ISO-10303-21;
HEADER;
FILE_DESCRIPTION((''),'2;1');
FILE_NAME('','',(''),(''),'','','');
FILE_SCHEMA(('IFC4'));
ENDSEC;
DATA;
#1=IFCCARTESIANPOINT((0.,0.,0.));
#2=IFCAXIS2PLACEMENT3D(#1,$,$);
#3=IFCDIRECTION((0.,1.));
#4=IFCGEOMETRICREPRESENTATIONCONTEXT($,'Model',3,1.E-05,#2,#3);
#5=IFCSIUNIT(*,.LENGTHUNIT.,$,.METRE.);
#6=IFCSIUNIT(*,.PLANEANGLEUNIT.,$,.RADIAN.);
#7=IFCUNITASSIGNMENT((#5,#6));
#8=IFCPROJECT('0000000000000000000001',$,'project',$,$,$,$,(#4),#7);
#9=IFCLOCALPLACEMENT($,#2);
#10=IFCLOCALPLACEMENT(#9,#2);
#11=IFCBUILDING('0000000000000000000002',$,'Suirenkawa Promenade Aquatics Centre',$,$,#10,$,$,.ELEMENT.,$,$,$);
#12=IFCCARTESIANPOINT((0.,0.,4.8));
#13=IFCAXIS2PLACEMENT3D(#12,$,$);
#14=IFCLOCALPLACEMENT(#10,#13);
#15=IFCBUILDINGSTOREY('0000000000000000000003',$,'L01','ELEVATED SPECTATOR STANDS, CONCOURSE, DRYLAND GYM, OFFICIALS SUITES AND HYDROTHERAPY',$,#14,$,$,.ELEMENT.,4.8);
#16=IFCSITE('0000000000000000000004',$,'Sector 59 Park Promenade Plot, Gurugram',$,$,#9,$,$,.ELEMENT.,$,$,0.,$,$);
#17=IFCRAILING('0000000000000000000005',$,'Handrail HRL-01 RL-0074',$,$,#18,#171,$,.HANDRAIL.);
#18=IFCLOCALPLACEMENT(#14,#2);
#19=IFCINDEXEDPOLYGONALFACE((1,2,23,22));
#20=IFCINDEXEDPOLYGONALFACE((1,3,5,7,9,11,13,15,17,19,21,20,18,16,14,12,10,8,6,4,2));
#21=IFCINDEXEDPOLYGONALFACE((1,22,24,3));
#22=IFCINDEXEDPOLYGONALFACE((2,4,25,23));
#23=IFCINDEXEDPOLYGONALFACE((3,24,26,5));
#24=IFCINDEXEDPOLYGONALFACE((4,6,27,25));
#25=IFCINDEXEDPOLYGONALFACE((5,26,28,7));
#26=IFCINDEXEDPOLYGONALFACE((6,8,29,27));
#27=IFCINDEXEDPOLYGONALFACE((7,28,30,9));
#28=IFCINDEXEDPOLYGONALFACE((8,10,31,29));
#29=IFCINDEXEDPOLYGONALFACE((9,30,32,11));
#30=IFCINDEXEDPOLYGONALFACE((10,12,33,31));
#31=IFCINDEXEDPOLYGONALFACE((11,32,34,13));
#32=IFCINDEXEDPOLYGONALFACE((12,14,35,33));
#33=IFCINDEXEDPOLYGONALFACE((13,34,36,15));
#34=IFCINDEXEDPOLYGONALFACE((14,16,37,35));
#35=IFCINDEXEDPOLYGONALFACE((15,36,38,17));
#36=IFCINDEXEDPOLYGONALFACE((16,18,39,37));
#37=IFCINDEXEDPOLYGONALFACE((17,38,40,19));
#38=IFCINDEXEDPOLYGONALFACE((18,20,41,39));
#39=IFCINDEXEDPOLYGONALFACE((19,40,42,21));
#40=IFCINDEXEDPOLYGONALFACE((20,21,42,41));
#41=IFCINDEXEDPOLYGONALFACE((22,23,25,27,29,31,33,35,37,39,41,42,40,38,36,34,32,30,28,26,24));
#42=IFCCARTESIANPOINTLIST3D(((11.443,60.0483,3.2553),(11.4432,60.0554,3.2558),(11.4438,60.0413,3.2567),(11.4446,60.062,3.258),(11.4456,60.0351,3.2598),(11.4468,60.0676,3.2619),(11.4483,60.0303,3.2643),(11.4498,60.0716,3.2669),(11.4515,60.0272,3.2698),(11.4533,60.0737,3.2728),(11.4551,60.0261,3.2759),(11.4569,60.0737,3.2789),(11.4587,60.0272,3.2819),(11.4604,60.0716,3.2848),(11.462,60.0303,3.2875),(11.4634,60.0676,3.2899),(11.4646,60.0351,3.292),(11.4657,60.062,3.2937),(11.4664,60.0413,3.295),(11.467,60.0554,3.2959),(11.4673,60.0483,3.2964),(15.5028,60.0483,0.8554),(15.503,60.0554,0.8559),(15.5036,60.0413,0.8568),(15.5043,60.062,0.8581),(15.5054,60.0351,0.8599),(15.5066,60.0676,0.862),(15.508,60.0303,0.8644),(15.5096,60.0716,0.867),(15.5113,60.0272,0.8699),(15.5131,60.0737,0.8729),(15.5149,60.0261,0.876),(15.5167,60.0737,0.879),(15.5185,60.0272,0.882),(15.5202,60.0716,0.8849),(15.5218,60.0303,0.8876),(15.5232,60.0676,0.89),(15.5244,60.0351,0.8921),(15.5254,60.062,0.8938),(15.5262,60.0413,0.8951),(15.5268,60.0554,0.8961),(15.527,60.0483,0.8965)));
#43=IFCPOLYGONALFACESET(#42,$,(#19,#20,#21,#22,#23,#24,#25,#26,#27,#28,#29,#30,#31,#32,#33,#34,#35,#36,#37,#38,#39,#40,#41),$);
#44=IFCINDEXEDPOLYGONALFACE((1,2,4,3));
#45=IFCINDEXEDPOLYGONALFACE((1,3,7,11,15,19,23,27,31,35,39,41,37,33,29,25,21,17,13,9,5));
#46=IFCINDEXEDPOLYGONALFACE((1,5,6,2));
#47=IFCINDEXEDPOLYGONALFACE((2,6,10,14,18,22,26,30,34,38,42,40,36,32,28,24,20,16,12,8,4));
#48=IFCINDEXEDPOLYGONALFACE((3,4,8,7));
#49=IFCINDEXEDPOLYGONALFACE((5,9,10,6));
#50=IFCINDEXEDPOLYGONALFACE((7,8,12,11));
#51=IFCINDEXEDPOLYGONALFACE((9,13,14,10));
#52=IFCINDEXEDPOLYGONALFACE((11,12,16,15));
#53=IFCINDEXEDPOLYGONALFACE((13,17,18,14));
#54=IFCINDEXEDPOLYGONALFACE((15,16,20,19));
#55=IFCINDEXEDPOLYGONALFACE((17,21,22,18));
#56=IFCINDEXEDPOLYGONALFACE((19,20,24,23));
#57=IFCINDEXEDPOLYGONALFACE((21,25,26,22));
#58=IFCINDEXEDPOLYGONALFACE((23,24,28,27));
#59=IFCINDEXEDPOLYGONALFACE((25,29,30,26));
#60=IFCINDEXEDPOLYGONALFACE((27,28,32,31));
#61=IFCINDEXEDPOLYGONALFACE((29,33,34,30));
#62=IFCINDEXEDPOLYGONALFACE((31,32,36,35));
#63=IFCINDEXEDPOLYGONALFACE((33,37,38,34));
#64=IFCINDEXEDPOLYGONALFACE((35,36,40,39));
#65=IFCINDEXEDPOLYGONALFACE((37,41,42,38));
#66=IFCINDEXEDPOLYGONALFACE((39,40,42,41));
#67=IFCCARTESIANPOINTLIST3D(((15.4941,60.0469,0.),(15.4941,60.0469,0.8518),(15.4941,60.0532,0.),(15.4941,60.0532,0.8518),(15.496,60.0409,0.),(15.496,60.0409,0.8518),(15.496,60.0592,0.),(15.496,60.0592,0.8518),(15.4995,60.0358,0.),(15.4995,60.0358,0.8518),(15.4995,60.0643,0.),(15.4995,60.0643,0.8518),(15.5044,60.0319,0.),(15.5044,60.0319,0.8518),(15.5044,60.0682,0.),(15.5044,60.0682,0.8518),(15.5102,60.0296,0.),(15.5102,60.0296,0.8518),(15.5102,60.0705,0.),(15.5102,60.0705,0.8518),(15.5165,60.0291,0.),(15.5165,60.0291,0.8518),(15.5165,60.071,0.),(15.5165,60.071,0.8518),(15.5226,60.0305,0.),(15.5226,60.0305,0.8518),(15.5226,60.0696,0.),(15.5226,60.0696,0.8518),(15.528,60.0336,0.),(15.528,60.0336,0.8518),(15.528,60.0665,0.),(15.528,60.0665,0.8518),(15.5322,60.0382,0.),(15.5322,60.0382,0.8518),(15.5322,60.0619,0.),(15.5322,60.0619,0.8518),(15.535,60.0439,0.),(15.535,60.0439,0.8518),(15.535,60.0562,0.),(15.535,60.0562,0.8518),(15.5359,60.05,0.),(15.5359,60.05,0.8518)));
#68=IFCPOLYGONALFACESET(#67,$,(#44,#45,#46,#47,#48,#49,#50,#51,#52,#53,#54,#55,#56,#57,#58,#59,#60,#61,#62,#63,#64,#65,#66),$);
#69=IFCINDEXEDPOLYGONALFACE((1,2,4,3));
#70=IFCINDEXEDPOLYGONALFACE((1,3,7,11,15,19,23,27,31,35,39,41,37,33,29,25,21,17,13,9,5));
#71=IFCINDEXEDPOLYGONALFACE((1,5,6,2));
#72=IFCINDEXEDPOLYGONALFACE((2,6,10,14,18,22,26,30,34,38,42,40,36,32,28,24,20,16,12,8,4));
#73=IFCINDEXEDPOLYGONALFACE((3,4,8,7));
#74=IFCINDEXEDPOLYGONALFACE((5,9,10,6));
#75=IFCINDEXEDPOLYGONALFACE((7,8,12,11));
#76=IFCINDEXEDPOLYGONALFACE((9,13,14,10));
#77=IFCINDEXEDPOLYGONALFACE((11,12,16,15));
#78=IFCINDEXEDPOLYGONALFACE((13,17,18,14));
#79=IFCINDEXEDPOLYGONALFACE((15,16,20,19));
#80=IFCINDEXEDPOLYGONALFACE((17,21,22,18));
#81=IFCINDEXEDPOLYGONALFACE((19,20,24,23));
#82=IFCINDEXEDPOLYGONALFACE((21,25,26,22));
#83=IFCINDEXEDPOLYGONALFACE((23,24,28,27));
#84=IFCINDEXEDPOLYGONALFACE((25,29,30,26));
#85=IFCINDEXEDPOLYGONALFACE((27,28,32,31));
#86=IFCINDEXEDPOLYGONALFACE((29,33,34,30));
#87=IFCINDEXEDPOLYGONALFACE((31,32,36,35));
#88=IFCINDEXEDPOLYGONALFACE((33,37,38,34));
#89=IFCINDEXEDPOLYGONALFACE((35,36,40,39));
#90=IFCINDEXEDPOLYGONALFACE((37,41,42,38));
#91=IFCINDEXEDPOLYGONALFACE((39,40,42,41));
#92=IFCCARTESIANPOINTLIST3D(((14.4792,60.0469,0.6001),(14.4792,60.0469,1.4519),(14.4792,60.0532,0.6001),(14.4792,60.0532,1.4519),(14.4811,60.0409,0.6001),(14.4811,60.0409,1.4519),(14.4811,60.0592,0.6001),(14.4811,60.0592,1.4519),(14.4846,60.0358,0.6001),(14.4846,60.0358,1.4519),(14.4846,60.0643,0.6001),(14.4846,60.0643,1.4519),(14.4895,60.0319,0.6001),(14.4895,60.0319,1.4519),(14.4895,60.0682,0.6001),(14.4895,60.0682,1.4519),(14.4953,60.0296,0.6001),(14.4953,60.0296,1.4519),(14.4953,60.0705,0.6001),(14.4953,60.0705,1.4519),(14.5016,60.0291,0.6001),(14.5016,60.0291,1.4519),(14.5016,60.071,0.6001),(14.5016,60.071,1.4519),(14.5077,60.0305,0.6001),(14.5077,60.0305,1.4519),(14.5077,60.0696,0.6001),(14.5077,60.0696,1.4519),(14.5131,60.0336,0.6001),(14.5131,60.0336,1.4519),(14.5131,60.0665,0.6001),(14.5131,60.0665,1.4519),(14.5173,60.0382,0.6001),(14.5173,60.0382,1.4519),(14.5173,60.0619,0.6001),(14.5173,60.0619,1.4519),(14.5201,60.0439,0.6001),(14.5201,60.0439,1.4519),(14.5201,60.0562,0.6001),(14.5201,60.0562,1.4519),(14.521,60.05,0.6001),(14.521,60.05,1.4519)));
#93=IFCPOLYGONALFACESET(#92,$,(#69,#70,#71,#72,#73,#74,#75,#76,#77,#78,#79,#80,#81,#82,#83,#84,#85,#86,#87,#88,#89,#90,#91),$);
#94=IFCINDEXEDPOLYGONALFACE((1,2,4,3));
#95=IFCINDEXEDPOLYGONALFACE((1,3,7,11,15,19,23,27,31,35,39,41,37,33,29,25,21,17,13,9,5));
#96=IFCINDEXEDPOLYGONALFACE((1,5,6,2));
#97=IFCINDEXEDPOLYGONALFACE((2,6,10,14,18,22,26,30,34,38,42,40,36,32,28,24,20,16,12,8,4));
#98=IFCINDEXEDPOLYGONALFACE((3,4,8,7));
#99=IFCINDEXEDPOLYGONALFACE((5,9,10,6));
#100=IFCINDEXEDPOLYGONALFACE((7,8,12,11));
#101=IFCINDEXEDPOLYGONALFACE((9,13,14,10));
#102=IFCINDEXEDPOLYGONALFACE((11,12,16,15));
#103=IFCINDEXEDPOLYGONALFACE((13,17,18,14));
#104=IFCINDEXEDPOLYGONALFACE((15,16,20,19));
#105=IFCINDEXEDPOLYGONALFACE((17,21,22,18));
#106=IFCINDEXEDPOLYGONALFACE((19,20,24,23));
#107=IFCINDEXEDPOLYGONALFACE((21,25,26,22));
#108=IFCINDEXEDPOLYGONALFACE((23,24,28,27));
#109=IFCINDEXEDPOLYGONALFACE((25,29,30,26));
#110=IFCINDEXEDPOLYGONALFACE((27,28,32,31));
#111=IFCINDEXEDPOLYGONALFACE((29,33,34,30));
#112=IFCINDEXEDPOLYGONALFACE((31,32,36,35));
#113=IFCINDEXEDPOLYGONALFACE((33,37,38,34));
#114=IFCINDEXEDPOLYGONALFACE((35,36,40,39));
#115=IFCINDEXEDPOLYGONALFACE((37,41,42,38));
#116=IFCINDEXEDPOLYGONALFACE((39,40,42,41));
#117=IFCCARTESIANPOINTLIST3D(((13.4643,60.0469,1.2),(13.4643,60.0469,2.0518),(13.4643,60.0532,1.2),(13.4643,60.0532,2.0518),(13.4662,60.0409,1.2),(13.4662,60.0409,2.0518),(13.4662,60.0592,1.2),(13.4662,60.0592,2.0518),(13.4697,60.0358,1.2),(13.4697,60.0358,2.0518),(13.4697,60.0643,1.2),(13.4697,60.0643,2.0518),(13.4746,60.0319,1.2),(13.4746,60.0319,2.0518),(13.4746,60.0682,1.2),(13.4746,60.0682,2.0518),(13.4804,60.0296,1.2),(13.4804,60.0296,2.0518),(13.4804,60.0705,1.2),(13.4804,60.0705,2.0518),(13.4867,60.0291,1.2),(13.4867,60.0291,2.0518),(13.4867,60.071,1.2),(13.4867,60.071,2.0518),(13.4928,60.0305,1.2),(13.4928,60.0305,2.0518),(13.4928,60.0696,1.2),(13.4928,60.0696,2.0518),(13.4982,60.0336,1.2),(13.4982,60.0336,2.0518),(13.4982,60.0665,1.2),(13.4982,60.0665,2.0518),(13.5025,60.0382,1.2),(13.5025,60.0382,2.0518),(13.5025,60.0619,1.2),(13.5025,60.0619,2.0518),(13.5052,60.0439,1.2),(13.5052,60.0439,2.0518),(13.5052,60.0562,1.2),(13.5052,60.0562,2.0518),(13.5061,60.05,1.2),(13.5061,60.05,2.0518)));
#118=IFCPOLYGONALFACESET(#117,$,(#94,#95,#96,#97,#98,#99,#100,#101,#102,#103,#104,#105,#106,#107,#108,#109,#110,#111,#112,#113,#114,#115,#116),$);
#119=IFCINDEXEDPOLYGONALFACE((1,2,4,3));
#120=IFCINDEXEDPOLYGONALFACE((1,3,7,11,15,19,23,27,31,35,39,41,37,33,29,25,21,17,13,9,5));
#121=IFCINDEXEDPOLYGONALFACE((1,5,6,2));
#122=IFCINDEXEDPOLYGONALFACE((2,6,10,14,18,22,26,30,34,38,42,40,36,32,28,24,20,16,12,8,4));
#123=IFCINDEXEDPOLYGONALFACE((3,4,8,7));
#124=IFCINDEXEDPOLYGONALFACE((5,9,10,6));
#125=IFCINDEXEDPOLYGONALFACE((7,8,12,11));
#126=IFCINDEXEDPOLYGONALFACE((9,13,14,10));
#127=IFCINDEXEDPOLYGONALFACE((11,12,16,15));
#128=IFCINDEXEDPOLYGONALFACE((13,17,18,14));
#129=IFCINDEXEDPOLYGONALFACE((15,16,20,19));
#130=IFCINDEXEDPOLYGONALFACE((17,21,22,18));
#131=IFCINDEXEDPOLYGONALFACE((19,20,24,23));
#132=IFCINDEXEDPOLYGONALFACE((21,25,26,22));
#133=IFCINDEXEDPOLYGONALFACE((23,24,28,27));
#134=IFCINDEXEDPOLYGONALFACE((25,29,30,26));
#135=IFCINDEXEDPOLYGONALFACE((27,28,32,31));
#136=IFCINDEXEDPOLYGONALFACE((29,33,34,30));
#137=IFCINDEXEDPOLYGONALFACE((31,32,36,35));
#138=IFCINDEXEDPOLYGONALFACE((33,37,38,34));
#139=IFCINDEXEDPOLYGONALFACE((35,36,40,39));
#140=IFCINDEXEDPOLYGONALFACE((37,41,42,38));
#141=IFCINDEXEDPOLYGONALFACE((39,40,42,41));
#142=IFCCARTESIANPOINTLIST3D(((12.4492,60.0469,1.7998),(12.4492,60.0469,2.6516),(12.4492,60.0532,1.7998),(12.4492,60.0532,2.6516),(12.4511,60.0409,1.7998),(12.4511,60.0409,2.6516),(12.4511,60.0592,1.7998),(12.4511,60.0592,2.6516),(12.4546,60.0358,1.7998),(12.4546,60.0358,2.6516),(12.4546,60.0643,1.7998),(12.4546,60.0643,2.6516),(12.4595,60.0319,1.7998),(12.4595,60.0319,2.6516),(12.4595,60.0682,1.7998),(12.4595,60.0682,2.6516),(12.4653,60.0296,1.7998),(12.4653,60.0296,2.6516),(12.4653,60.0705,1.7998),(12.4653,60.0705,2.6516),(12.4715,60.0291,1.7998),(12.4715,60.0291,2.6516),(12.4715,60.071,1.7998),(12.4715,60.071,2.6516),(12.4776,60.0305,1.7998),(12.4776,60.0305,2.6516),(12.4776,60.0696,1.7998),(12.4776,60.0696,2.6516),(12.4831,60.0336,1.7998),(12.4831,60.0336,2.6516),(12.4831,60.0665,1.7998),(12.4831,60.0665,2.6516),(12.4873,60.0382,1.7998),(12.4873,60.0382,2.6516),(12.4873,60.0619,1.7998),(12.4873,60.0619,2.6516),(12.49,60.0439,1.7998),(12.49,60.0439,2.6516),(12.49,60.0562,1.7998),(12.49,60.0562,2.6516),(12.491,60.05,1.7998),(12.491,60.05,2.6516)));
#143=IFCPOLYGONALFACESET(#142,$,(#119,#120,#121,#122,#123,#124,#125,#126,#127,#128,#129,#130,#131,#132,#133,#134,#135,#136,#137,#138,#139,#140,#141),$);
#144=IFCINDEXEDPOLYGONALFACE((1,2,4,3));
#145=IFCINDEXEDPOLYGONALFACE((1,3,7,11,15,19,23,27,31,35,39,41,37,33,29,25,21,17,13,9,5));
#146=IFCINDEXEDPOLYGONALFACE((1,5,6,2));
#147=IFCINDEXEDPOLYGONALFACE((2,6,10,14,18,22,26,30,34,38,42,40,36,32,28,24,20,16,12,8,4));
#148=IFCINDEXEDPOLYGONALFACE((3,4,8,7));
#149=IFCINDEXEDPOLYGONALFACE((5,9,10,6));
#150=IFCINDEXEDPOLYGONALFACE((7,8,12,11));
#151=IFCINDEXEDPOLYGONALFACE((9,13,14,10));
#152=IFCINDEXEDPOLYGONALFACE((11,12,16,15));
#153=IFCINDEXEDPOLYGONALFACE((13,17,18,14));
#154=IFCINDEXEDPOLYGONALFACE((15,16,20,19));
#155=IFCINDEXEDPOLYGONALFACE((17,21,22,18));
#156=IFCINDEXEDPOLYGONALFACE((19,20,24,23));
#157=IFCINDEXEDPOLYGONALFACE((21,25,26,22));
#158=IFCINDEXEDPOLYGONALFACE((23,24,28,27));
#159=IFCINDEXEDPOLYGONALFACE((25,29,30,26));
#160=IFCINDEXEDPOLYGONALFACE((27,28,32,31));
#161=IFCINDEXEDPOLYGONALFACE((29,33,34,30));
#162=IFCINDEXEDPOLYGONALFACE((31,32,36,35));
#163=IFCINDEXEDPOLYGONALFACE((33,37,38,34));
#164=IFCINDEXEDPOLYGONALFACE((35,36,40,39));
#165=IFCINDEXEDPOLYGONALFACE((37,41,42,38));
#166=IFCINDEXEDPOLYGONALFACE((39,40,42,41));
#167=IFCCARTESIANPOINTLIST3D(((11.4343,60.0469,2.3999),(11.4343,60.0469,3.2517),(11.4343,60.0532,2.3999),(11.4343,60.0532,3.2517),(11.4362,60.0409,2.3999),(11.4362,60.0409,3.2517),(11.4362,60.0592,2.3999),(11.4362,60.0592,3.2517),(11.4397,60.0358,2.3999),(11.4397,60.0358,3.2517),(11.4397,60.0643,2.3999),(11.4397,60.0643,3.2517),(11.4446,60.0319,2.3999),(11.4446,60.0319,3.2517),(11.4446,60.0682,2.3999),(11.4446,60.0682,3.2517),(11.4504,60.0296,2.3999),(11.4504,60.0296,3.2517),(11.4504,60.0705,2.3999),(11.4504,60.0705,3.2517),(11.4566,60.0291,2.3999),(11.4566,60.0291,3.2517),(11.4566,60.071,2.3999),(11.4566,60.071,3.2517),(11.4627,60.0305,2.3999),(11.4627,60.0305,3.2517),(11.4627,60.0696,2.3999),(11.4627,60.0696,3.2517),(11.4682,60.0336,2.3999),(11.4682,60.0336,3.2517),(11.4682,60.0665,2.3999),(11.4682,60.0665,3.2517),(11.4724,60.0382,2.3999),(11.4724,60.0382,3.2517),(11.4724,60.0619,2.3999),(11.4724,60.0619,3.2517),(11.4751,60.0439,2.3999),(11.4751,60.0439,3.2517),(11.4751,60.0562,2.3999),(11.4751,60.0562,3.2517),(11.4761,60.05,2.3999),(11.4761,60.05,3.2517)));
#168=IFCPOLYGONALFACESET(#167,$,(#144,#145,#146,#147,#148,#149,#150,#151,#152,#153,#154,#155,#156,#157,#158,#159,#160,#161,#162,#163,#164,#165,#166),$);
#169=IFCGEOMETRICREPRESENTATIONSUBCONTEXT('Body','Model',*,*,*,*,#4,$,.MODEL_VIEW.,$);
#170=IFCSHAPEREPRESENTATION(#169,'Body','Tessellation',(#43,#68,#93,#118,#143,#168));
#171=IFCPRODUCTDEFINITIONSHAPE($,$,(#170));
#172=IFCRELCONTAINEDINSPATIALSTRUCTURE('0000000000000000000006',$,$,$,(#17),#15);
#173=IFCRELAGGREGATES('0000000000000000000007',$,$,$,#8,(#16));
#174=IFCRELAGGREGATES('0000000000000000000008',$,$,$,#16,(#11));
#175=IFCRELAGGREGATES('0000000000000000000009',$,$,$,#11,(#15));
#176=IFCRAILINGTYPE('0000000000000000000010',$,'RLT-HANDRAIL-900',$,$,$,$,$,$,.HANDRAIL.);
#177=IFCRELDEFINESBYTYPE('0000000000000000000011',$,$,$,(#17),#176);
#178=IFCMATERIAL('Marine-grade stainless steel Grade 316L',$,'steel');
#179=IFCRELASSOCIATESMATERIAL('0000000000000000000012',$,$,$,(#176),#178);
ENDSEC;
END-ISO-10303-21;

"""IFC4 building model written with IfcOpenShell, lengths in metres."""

from ifc_helpers import new_model, si_unit, direction, frame, origin, origin_2d, place, context, subcontext, project, spatial, circle, extrude, material, type_object, element, save


model = new_model("IFC4")

# Units and contexts
model_context = context("Model", 3, precision=1e-05, world=origin(), true_north=direction((0.0, 1.0)))
body_context = subcontext(model_context, "Body", "Model", "MODEL_VIEW")
ifc_project = project(units=[si_unit("LENGTHUNIT", "METRE"), si_unit("PLANEANGLEUNIT", "RADIAN")], contexts=[model_context])

# Site, building, storey
site_placement = place(None, origin())
site = spatial("IfcSite", under=ifc_project, at=site_placement, Name="Sector 59 Park Promenade Plot, Gurugram", CompositionType="ELEMENT", RefElevation=0.0)
building_placement = place(site_placement, origin())
building = spatial("IfcBuilding", under=site, at=building_placement, Name="Suirenkawa Promenade Aquatics Centre", CompositionType="ELEMENT")
storey_placement = place(building_placement, frame((0.0, 0.0, 4.8)))
storey = spatial("IfcBuildingStorey", under=building, at=storey_placement, Name="L01", Description="ELEVATED SPECTATOR STANDS, CONCOURSE, DRYLAND GYM, OFFICIALS SUITES AND HYDROTHERAPY", CompositionType="ELEMENT", Elevation=4.8)

# Shared definitions
ifc_material_1 = material(Name="Marine-grade stainless steel Grade 316L", Category="steel")

# Railing
railing_type_1 = type_object("IfcRailingType", Name="RLT-HANDRAIL-900", PredefinedType="HANDRAIL", material=ifc_material_1)
for number, where, name in (
    (1, (15.5149, 60.05, 0.0), "Handrail HRL-01 RL-0074"),
):
    element("IfcRailing", number, at=place(storey_placement, frame(where)), inside=storey, type_object=railing_type_1, Name=name, PredefinedType="HANDRAIL", context=body_context, shape_type="SweptSolid", body=[
        extrude(circle(Radius=0.0239, at=origin_2d()), frame((0.0, 0.0, 0.876), z_axis=(-0.860841, 0.0, 0.508874), x_axis=(0.0, -1.0, 0.0)), (0.0, 0.0, 1.0), 4.7161),
        extrude(circle(Radius=0.021, at=origin_2d()), origin(), (0.0, 0.0, 1.0), 0.8518),
        extrude(circle(Radius=0.021, at=origin_2d()), frame((-1.0149, 0.0, 0.6001)), (0.0, 0.0, 1.0), 0.8518),
        extrude(circle(Radius=0.021, at=origin_2d()), frame((-2.0298, 0.0, 1.2)), (0.0, 0.0, 1.0), 0.8518),
        extrude(circle(Radius=0.021, at=origin_2d()), frame((-3.0449, 0.0, 1.7998)), (0.0, 0.0, 1.0), 0.8518),
        extrude(circle(Radius=0.021, at=origin_2d()), frame((-4.0598, 0.0, 2.3999)), (0.0, 0.0, 1.0), 0.8518),
    ])

save(model, "model.ifc")
